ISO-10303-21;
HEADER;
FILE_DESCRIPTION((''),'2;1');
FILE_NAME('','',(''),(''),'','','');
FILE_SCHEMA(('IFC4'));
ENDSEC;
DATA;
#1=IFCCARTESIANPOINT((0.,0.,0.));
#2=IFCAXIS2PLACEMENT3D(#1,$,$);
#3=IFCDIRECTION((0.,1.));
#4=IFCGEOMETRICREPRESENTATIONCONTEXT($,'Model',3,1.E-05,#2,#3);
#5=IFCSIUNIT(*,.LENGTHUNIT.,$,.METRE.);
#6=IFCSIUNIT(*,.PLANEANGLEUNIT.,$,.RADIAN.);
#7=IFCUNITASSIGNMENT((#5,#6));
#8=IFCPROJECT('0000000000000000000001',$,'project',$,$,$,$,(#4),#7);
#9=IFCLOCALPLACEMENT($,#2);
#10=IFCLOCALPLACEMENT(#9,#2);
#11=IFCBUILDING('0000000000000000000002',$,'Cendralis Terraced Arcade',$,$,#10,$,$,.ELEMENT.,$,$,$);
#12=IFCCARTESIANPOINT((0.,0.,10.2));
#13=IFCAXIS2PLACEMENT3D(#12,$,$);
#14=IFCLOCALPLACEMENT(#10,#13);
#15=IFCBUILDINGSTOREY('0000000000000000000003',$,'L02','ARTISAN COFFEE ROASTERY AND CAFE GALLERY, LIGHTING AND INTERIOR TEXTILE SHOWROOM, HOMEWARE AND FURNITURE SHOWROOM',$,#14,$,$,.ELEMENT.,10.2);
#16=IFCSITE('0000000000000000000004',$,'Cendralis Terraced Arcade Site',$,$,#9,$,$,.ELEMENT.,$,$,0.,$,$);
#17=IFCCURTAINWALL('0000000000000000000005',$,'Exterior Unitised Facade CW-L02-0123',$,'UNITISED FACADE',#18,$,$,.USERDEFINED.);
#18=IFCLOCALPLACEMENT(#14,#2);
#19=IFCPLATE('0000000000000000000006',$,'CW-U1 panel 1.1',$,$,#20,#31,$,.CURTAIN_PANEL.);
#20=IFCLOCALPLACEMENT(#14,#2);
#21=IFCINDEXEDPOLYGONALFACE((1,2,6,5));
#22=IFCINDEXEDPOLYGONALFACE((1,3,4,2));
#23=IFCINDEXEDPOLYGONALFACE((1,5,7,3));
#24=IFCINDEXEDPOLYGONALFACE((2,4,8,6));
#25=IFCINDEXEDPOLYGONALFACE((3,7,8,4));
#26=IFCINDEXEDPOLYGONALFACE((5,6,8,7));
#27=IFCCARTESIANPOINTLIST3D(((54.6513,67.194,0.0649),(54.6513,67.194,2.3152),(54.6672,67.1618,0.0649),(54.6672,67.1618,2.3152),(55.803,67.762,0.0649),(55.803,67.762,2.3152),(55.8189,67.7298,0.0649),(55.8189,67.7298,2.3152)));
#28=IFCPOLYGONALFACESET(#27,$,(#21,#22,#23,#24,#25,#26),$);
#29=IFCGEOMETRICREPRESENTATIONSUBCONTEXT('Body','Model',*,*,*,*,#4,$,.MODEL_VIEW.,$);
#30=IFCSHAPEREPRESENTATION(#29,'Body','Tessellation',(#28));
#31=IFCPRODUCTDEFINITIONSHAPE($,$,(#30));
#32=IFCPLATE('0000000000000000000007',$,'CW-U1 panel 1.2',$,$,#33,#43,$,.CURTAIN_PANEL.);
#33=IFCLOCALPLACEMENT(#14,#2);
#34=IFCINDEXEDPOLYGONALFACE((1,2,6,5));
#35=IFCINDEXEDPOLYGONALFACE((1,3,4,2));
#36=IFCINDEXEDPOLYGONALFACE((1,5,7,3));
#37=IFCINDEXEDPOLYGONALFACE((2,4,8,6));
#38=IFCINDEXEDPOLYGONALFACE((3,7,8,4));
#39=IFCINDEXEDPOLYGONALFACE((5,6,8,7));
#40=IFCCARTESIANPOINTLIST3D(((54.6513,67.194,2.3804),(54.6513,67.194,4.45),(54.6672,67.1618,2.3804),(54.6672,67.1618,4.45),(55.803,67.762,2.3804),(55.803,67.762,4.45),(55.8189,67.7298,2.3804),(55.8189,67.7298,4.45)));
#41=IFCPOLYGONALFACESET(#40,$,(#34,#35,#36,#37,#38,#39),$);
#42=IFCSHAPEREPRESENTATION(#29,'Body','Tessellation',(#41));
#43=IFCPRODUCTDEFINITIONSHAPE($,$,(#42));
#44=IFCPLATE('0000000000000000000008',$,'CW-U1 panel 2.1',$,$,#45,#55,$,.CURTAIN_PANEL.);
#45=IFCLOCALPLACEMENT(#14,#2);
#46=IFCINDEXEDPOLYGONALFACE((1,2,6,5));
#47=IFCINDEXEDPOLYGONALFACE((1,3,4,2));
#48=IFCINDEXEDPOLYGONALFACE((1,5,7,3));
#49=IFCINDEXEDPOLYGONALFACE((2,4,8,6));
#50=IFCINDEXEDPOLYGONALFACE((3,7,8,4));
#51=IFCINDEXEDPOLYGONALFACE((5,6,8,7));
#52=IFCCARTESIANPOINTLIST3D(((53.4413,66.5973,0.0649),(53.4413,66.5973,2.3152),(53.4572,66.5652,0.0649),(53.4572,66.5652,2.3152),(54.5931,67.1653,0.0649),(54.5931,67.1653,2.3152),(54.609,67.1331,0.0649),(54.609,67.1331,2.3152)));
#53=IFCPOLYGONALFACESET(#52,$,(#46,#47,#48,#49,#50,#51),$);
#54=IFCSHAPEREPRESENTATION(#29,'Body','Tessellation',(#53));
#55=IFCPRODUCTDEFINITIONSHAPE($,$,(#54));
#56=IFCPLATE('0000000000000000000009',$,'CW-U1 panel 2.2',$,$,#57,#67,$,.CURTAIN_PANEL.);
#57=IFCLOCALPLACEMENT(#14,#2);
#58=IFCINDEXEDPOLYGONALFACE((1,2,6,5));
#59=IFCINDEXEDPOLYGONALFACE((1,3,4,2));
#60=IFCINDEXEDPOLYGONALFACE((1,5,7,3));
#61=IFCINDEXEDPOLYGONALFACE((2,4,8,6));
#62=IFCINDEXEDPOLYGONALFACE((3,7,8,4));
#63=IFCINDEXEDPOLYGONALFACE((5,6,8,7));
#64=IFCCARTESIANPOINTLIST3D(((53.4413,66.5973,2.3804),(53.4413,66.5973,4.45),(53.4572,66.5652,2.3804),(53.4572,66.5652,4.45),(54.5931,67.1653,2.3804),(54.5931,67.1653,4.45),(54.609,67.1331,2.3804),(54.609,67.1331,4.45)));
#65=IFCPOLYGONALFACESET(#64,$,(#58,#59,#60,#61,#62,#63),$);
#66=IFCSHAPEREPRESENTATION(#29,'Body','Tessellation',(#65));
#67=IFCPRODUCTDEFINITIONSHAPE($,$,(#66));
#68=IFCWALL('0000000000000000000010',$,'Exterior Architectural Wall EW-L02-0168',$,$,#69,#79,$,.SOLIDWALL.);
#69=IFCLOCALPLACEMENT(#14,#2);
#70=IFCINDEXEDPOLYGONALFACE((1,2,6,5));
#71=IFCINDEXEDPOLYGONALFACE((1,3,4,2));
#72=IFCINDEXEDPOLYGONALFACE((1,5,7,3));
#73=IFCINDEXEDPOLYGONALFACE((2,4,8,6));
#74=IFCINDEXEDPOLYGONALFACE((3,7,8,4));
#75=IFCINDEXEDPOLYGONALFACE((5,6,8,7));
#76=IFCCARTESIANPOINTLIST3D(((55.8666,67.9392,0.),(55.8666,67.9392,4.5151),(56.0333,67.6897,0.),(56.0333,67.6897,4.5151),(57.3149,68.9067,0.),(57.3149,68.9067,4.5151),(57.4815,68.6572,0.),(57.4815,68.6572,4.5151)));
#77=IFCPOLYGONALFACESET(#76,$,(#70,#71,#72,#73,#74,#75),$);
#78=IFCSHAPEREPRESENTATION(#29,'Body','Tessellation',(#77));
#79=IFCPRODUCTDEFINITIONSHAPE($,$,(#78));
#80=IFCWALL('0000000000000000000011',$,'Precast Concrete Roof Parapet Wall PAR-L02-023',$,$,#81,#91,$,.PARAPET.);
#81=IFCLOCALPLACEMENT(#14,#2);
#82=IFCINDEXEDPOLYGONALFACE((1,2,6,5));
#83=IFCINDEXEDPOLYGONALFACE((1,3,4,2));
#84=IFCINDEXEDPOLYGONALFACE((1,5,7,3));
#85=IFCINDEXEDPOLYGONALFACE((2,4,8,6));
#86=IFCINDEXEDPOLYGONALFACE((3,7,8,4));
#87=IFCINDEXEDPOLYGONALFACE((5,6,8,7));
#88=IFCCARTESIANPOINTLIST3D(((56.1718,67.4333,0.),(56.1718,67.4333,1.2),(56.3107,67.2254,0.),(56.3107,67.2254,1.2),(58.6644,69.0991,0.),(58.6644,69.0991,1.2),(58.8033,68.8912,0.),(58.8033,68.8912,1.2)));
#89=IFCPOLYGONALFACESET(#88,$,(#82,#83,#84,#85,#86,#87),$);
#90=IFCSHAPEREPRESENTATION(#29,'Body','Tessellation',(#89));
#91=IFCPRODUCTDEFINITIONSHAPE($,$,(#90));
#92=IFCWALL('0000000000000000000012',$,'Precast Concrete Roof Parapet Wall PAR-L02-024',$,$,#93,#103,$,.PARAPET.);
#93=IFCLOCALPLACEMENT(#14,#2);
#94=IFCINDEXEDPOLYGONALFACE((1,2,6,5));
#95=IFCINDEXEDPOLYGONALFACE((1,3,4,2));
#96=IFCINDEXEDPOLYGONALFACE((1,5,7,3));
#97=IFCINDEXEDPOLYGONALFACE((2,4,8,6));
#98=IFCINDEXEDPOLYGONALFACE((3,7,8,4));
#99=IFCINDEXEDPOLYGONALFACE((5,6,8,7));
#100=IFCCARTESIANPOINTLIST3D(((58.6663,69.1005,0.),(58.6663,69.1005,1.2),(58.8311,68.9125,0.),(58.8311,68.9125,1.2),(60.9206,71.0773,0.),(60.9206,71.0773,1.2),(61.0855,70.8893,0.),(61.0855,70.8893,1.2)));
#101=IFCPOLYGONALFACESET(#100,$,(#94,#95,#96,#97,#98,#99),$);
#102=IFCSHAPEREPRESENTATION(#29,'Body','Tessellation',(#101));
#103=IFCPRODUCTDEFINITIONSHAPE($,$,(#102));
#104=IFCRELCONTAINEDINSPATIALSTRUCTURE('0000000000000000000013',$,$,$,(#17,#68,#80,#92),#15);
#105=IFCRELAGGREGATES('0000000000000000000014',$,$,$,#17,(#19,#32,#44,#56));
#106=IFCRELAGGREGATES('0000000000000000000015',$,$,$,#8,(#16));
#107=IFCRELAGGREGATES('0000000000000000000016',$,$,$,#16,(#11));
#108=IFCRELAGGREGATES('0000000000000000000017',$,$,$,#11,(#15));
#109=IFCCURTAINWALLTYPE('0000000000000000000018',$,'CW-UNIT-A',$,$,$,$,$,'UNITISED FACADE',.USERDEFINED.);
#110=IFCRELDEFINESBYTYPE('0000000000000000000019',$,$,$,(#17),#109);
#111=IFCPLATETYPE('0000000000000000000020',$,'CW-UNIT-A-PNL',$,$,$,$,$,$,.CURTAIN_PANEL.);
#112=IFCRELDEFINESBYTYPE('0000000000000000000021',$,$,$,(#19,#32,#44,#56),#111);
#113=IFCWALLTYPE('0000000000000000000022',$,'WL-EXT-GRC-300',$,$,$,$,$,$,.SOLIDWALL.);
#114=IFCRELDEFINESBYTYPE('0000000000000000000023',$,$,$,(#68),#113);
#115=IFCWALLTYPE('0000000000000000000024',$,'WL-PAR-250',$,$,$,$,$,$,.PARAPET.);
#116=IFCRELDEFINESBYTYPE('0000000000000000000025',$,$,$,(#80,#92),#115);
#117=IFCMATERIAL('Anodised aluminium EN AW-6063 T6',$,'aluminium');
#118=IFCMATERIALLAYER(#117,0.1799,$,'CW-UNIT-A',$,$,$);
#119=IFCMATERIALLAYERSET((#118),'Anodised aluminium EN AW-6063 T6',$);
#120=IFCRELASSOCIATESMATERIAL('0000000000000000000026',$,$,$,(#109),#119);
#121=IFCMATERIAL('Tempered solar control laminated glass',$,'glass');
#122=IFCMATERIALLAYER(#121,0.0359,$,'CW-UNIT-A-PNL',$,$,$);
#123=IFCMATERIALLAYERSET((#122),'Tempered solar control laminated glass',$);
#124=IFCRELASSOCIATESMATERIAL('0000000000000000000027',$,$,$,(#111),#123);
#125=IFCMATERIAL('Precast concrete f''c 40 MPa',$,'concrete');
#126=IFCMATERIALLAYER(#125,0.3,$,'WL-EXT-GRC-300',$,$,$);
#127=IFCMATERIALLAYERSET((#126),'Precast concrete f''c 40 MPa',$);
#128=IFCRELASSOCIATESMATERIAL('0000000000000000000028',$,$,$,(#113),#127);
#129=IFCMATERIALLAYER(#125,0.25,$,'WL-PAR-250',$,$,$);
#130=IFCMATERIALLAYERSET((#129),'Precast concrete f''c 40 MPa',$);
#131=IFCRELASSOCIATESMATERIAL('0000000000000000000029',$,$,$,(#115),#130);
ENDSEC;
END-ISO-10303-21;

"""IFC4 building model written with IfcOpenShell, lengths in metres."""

from ifc_helpers import new_model, si_unit, direction, frame, frame_2d, origin, origin_2d, place, context, subcontext, project, spatial, rectangle, extrude, material, layer, layer_set, type_object, element, aggregate, save


model = new_model("IFC4")

# Units and contexts
model_context = context("Model", 3, precision=1e-05, world=origin(), true_north=direction((0.0, 1.0)))
body_context = subcontext(model_context, "Body", "Model", "MODEL_VIEW")
ifc_project = project(units=[si_unit("LENGTHUNIT", "METRE"), si_unit("PLANEANGLEUNIT", "RADIAN")], contexts=[model_context])

# Site, building, storey
site_placement = place(None, origin())
site = spatial("IfcSite", under=ifc_project, at=site_placement, Name="Cendralis Terraced Arcade Site", CompositionType="ELEMENT", RefElevation=0.0)
building_placement = place(site_placement, origin())
building = spatial("IfcBuilding", under=site, at=building_placement, Name="Cendralis Terraced Arcade", CompositionType="ELEMENT")
storey_placement = place(building_placement, frame((0.0, 0.0, 10.2)))
storey = spatial("IfcBuildingStorey", under=building, at=storey_placement, Name="L02", Description="ARTISAN COFFEE ROASTERY AND CAFE GALLERY, LIGHTING AND INTERIOR TEXTILE SHOWROOM, HOMEWARE AND FURNITURE SHOWROOM", CompositionType="ELEMENT", Elevation=10.2)

# Shared definitions
ifc_material_1 = material(Name="Anodised aluminium EN AW-6063 T6", Category="aluminium")
ifc_layer_1 = layer(ifc_material_1, 0.1799, Name="CW-UNIT-A")
ifc_layer_set_1 = layer_set([ifc_layer_1], Name="Anodised aluminium EN AW-6063 T6")
curtain_wall_type = type_object("IfcCurtainWallType", Name="CW-UNIT-A", ElementType="UNITISED FACADE", PredefinedType="USERDEFINED", material=ifc_layer_set_1)

# Curtain wall
curtain_wall_1_placement = place(storey_placement, origin())
curtain_wall_1 = element("IfcCurtainWall", 1, at=curtain_wall_1_placement, inside=storey, type_object=curtain_wall_type, Name="Exterior Unitised Facade CW-L02-0123", ObjectType="UNITISED FACADE", PredefinedType="USERDEFINED")

# Plates
ifc_material_2 = material(Name="Tempered solar control laminated glass", Category="glass")
ifc_layer_2 = layer(ifc_material_2, 0.0359, Name="CW-UNIT-A-PNL")
ifc_layer_set_2 = layer_set([ifc_layer_2], Name="Tempered solar control laminated glass")
plate_type = type_object("IfcPlateType", Name="CW-UNIT-A-PNL", PredefinedType="CURTAIN_PANEL", material=ifc_layer_set_2)
plate_1_placement = place(storey_placement, frame((55.2351, 67.4619, 0.0649), z_axis=(0.0, 0.0, 1.0), x_axis=(-0.896875, -0.442285, 0.0)))
plate_1 = element("IfcPlate", 2, at=plate_1_placement, type_object=plate_type, Name="CW-U1 panel 1.1", PredefinedType="CURTAIN_PANEL", context=body_context, shape_type="SweptSolid", body=[
    extrude(rectangle(XDim=1.2842, YDim=0.0359, at=origin_2d()), origin(), (0.0, 0.0, 1.0), 2.2502),
])
plate_2_placement = place(storey_placement, frame((55.2351, 67.4619, 2.3804), z_axis=(0.0, 0.0, 1.0), x_axis=(-0.896875, -0.442285, 0.0)))
plate_2 = element("IfcPlate", 3, at=plate_2_placement, type_object=plate_type, Name="CW-U1 panel 1.2", PredefinedType="CURTAIN_PANEL", context=body_context, shape_type="SweptSolid", body=[
    extrude(rectangle(XDim=1.2842, YDim=0.0359, at=origin_2d()), origin(), (0.0, 0.0, 1.0), 2.0696),
])
plate_3_placement = place(storey_placement, frame((54.0251, 66.8652, 0.0649), z_axis=(0.0, 0.0, 1.0), x_axis=(-0.896875, -0.442285, 0.0)))
plate_3 = element("IfcPlate", 4, at=plate_3_placement, type_object=plate_type, Name="CW-U1 panel 2.1", PredefinedType="CURTAIN_PANEL", context=body_context, shape_type="SweptSolid", body=[
    extrude(rectangle(XDim=1.2842, YDim=0.0359, at=origin_2d()), origin(), (0.0, 0.0, 1.0), 2.2502),
])
plate_4_placement = place(storey_placement, frame((54.0251, 66.8652, 2.3804), z_axis=(0.0, 0.0, 1.0), x_axis=(-0.896875, -0.442285, 0.0)))
plate_4 = element("IfcPlate", 5, at=plate_4_placement, type_object=plate_type, Name="CW-U1 panel 2.2", PredefinedType="CURTAIN_PANEL", context=body_context, shape_type="SweptSolid", body=[
    extrude(rectangle(XDim=1.2842, YDim=0.0359, at=origin_2d()), origin(), (0.0, 0.0, 1.0), 2.0696),
])
aggregate(curtain_wall_1, [plate_1, plate_2, plate_3, plate_4])

# Walls
ifc_material_3 = material(Name="Precast concrete f'c 40 MPa", Category="concrete")
ifc_layer_3 = layer(ifc_material_3, 0.3, Name="WL-EXT-GRC-300")
ifc_layer_set_3 = layer_set([ifc_layer_3], Name="Precast concrete f'c 40 MPa")
wall_type_1 = type_object("IfcWallType", Name="WL-EXT-GRC-300", PredefinedType="SOLIDWALL", material=ifc_layer_set_3)
wall_1_placement = place(storey_placement, frame((57.3982, 68.782, 0.0), z_axis=(0.0, 0.0, 1.0), x_axis=(-0.831511, -0.555509, 0.0)))
element("IfcWall", 6, at=wall_1_placement, inside=storey, type_object=wall_type_1, Name="Exterior Architectural Wall EW-L02-0168", PredefinedType="SOLIDWALL", context=body_context, shape_type="SweptSolid", body=[
    extrude(rectangle(XDim=1.7417, YDim=0.3, at=frame_2d((0.8708, 0.0))), origin(), (0.0, 0.0, 1.0), 4.5151),
])
ifc_layer_4 = layer(ifc_material_3, 0.25, Name="WL-PAR-250")
ifc_layer_set_4 = layer_set([ifc_layer_4], Name="Precast concrete f'c 40 MPa")
wall_type_2 = type_object("IfcWallType", Name="WL-PAR-250", PredefinedType="PARAPET", material=ifc_layer_set_4)
wall_2_placement = place(storey_placement, frame((56.2412, 67.3293, 0.0), z_axis=(0.0, 0.0, 1.0), x_axis=(0.831436, 0.555621, 0.0)))
element("IfcWall", 7, at=wall_2_placement, inside=storey, type_object=wall_type_2, Name="Precast Concrete Roof Parapet Wall PAR-L02-023", PredefinedType="PARAPET", context=body_context, shape_type="SweptSolid", body=[
    extrude(rectangle(XDim=2.998, YDim=0.25, at=frame_2d((1.499, 0.0))), origin(), (0.0, 0.0, 1.0), 1.2),
])
wall_3_placement = place(storey_placement, frame((58.7488, 69.0066, 0.0), z_axis=(0.0, 0.0, 1.0), x_axis=(0.75188, 0.6593, 0.0)))
element("IfcWall", 8, at=wall_3_placement, inside=storey, type_object=wall_type_2, Name="Precast Concrete Roof Parapet Wall PAR-L02-024", PredefinedType="PARAPET", context=body_context, shape_type="SweptSolid", body=[
    extrude(rectangle(XDim=2.9983, YDim=0.25, at=frame_2d((1.499, 0.0))), origin(), (0.0, 0.0, 1.0), 1.2),
])

save(model, "model.ifc")
